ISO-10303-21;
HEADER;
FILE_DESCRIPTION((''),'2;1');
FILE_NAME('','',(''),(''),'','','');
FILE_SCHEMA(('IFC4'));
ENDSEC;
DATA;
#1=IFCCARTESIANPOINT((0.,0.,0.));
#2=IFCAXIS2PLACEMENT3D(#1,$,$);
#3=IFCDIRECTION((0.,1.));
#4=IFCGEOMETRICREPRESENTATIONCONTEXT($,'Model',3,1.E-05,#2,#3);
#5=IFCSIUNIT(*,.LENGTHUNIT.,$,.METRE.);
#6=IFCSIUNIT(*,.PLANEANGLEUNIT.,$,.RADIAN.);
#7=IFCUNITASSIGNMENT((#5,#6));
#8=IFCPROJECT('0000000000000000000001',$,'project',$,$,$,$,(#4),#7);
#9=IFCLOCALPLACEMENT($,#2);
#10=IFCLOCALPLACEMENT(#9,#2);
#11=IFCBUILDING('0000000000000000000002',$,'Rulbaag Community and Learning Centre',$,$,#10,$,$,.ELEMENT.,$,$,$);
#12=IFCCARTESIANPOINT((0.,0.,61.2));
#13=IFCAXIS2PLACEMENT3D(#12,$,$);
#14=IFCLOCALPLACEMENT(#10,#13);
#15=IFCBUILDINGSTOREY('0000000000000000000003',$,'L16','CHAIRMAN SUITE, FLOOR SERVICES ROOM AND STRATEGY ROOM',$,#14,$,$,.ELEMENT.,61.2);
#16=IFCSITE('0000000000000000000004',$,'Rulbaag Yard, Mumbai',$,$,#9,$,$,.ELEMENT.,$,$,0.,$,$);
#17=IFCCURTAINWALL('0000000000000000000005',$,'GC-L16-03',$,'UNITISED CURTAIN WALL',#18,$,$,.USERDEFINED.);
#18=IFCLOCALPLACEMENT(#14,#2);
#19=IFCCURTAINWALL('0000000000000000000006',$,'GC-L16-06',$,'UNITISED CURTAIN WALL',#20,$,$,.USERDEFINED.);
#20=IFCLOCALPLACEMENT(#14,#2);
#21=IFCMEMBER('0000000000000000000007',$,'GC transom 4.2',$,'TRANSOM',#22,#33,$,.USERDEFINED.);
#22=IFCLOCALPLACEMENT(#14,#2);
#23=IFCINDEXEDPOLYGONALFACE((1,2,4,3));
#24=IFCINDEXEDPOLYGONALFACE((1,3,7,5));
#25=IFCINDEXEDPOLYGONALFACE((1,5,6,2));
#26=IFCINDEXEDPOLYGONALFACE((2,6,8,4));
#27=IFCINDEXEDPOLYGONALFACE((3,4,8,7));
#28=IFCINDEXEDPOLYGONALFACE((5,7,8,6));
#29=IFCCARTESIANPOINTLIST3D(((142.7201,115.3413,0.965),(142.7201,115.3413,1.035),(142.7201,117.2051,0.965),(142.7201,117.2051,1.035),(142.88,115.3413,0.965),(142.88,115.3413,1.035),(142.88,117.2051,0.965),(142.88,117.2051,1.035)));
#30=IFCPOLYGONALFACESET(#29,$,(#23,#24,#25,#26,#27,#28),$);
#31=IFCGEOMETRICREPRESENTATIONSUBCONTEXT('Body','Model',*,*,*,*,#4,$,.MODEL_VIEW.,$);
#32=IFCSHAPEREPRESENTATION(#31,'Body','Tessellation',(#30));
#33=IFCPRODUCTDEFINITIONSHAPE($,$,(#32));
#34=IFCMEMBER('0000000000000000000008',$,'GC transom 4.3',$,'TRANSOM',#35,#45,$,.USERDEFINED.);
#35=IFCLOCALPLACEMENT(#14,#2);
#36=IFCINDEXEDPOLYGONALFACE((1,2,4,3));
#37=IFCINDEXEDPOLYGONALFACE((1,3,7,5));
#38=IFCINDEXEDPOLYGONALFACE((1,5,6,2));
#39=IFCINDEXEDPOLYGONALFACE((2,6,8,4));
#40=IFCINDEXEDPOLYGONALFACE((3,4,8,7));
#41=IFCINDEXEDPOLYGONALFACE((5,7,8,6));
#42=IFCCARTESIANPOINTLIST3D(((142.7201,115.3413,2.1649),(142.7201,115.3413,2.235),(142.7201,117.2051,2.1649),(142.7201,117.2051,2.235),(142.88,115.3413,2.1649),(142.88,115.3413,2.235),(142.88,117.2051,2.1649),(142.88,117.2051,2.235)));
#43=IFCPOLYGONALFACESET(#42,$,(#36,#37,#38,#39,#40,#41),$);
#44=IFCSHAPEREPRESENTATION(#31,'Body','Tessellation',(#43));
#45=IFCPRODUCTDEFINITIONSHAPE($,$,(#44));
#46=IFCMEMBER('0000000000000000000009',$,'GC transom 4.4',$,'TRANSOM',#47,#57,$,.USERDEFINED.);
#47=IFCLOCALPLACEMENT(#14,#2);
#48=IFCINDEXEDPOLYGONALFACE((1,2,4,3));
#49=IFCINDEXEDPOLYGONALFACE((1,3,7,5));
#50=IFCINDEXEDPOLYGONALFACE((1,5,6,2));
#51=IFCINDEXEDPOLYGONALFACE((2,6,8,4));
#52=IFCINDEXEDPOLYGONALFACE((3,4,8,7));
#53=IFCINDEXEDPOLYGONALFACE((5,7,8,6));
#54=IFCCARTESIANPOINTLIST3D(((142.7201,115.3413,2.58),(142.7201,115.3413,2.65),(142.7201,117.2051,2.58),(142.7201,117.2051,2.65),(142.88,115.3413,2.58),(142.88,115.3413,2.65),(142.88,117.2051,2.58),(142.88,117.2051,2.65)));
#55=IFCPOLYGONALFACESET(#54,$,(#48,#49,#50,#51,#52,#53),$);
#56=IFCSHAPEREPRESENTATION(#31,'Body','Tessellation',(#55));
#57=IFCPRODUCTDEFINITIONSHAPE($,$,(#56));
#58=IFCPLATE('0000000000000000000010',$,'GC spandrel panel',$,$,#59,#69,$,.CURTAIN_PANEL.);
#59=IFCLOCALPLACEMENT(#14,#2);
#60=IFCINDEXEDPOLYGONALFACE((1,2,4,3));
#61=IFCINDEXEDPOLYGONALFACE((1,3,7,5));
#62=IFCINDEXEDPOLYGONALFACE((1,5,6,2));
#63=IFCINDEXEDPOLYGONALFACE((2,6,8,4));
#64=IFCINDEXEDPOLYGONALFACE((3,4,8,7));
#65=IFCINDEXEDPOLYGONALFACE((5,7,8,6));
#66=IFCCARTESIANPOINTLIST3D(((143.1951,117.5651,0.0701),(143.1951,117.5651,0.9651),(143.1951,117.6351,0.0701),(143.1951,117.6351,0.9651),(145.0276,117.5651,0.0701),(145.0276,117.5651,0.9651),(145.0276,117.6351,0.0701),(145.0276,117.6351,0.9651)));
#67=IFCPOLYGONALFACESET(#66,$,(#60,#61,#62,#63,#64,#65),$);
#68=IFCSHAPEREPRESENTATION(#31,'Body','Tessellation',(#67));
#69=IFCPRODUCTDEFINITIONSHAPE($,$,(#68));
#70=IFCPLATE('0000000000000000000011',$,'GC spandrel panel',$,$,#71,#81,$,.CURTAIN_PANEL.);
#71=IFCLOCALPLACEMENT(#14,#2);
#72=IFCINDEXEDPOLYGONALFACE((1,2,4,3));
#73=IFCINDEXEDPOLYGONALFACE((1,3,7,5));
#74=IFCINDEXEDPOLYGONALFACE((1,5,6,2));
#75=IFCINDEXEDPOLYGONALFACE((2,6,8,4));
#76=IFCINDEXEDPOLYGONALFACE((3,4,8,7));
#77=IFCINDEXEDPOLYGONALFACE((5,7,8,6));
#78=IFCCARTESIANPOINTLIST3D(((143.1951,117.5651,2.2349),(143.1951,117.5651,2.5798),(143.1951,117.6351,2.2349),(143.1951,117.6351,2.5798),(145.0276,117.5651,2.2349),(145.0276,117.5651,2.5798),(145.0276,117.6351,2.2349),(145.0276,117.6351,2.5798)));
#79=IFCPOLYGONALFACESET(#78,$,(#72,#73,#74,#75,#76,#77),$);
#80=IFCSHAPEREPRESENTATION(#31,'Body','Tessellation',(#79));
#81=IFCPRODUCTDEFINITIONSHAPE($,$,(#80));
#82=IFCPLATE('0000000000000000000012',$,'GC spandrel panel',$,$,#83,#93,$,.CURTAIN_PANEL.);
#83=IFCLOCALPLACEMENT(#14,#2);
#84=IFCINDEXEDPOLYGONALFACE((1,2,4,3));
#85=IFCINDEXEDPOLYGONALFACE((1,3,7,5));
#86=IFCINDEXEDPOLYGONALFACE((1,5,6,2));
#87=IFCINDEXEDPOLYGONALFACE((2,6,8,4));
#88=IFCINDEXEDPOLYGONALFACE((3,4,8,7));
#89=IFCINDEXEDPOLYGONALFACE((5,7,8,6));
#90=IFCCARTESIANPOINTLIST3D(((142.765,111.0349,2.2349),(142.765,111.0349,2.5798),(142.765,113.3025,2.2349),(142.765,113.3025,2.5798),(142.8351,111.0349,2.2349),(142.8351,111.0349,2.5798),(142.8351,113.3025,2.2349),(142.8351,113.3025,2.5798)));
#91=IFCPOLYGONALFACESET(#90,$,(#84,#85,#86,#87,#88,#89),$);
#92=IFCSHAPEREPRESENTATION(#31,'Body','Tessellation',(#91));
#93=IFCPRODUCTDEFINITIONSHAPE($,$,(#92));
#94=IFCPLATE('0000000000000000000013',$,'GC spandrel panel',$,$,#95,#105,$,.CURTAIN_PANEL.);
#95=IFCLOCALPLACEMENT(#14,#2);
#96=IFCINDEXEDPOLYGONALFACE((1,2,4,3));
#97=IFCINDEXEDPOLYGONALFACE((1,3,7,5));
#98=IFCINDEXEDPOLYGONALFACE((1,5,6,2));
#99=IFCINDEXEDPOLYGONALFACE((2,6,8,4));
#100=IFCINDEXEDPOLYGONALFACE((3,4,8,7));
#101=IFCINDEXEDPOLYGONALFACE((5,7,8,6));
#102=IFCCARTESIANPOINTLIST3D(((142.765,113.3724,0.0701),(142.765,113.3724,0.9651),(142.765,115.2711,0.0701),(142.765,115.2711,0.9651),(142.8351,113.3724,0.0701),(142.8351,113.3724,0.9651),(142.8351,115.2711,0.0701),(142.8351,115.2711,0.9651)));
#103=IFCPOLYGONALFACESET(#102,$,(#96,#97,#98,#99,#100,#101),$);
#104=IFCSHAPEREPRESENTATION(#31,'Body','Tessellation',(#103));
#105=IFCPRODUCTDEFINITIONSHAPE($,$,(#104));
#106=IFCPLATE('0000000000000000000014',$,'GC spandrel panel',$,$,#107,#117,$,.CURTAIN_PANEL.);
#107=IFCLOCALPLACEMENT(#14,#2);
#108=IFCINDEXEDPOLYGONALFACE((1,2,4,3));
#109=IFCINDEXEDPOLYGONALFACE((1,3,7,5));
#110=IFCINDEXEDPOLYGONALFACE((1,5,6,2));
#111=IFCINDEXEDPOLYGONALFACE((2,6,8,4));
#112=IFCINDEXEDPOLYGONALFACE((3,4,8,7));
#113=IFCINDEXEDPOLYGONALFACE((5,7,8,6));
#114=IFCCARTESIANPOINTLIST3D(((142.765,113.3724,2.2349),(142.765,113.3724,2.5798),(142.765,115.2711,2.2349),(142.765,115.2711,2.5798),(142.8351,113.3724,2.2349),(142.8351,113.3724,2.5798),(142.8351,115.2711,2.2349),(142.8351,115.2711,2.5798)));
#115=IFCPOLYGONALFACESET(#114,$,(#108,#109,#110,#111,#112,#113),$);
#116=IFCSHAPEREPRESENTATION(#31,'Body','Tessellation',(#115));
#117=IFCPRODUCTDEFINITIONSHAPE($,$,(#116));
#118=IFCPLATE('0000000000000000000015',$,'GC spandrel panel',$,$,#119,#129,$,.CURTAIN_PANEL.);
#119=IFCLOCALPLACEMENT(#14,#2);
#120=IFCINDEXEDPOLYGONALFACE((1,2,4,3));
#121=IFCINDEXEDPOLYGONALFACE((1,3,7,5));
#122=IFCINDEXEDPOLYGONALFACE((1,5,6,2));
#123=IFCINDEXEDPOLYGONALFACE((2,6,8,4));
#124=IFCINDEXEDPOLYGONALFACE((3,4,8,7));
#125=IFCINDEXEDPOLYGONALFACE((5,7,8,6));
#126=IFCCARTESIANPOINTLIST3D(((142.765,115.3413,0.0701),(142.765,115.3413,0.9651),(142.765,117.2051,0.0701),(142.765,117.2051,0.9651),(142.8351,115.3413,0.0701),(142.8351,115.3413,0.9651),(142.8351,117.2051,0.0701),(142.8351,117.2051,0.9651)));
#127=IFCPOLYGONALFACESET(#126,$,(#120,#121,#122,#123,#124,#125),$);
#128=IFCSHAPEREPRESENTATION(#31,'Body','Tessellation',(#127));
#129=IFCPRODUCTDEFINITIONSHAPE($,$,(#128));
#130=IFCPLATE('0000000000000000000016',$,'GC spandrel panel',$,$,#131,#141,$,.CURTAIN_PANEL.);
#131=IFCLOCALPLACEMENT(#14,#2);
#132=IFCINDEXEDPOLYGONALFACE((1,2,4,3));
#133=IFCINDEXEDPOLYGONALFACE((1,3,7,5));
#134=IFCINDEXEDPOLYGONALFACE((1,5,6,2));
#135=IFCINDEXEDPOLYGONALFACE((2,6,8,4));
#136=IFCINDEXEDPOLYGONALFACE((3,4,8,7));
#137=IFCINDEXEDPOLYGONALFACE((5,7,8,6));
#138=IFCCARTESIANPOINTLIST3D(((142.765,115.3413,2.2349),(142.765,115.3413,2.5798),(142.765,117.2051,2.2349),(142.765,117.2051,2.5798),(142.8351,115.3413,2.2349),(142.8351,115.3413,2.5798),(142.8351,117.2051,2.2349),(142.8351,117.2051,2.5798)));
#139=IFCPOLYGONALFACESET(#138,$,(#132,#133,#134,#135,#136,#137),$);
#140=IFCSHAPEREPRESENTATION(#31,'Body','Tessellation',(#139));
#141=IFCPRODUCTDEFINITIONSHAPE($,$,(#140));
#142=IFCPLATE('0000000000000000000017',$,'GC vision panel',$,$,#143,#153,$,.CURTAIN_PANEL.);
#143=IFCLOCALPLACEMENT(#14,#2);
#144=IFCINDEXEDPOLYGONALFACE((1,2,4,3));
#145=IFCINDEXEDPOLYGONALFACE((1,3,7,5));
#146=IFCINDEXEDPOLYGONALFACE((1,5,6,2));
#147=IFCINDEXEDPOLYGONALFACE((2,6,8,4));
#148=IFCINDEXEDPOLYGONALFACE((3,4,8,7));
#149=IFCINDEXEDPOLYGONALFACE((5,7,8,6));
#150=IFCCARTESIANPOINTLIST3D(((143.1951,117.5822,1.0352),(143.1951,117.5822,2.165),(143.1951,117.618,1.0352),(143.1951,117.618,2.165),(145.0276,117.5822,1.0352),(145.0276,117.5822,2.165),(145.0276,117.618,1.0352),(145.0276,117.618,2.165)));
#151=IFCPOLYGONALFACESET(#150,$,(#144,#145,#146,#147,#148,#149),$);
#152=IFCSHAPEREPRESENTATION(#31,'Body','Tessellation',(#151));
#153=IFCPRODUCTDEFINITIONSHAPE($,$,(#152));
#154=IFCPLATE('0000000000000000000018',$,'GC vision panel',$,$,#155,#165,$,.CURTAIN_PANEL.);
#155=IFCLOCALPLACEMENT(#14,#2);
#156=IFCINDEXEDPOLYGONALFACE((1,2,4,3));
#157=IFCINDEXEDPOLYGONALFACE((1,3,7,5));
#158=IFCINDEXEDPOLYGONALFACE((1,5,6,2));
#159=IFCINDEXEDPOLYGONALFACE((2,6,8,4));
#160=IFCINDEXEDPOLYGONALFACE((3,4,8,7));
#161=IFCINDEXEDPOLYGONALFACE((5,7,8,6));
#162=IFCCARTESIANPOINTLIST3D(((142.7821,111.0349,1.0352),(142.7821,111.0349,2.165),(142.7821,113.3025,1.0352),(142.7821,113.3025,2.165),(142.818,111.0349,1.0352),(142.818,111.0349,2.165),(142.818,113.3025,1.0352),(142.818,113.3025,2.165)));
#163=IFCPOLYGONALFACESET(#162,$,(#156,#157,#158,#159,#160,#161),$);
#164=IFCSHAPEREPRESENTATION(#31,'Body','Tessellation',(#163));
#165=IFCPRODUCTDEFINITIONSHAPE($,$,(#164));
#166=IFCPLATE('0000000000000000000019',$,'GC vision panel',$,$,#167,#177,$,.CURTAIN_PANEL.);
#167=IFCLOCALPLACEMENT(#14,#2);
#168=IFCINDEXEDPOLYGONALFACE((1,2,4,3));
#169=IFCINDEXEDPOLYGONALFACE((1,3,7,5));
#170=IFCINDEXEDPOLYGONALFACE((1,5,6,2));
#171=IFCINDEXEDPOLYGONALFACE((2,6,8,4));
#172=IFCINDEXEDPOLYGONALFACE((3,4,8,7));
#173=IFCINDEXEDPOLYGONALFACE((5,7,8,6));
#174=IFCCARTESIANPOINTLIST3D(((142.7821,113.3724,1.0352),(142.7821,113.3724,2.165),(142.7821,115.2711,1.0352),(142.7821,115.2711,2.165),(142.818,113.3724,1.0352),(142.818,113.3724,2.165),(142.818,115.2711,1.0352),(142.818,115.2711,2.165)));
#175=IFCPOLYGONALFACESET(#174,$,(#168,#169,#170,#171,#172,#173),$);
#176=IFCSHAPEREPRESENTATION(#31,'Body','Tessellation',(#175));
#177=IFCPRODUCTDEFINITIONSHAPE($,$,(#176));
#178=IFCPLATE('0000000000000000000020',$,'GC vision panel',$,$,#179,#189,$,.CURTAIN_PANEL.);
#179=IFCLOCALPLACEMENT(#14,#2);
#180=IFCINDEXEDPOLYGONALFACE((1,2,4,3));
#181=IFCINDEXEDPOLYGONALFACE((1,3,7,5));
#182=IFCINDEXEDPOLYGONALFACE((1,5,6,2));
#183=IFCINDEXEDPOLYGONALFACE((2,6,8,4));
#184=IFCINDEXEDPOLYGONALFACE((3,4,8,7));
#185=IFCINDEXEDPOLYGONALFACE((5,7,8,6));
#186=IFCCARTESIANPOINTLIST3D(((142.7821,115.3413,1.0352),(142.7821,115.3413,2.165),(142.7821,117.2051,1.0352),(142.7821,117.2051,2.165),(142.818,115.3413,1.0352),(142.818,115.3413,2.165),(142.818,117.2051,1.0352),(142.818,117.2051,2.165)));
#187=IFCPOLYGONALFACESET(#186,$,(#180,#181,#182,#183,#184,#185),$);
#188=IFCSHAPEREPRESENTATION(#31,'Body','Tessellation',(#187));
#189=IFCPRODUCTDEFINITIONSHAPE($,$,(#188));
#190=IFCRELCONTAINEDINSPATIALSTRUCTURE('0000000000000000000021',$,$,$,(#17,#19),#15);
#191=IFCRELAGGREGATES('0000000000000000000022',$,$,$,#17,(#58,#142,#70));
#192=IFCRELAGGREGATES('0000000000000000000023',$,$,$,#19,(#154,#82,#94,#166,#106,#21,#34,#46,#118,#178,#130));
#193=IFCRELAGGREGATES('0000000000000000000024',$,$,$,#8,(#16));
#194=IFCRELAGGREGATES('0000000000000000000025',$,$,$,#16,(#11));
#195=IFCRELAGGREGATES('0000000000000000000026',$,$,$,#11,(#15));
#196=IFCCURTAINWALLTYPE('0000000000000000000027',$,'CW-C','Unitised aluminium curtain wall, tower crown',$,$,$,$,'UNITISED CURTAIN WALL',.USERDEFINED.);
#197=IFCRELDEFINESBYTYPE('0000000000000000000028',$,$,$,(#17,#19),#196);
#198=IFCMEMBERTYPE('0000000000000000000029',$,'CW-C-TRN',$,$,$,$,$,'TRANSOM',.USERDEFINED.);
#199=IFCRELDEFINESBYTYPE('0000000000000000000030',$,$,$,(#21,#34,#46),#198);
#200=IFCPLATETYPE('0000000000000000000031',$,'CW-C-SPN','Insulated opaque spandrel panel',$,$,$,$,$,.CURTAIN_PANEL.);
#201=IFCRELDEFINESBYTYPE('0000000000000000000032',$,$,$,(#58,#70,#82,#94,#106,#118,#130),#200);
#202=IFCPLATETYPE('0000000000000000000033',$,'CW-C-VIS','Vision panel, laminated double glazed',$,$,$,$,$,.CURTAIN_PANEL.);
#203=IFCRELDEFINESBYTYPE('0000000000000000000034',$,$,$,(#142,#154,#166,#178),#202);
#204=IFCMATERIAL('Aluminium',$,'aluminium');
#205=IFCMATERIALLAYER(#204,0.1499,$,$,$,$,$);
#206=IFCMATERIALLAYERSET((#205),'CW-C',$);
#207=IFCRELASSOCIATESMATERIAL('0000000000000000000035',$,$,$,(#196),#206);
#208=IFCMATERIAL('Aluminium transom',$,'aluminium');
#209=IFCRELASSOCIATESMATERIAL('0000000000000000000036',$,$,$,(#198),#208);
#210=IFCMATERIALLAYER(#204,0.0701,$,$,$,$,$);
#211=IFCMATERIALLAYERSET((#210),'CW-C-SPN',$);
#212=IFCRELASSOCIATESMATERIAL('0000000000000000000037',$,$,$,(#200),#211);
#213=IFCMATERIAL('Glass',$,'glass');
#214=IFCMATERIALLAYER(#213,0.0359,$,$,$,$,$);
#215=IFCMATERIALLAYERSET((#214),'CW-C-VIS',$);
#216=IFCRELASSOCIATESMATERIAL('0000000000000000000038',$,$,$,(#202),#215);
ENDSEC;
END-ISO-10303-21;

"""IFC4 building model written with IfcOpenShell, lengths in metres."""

from ifc_helpers import new_model, si_unit, direction, frame, origin, origin_2d, place, context, subcontext, project, spatial, rectangle, extrude, material, layer, layer_set, material_profile, profile_set, type_object, element, aggregate, save


model = new_model("IFC4")

# Units and contexts
model_context = context("Model", 3, precision=1e-05, world=origin(), true_north=direction((0.0, 1.0)))
body_context = subcontext(model_context, "Body", "Model", "MODEL_VIEW")
ifc_project = project(units=[si_unit("LENGTHUNIT", "METRE"), si_unit("PLANEANGLEUNIT", "RADIAN")], contexts=[model_context])

# Site, building, storey
site_placement = place(None, origin())
site = spatial("IfcSite", under=ifc_project, at=site_placement, Name="Rulbaag Yard, Mumbai", CompositionType="ELEMENT", RefElevation=0.0)
building_placement = place(site_placement, origin())
building = spatial("IfcBuilding", under=site, at=building_placement, Name="Rulbaag Community and Learning Centre", CompositionType="ELEMENT")
storey_placement = place(building_placement, frame((0.0, 0.0, 61.2)))
storey = spatial("IfcBuildingStorey", under=building, at=storey_placement, Name="L16", Description="CHAIRMAN SUITE, FLOOR SERVICES ROOM AND STRATEGY ROOM", CompositionType="ELEMENT", Elevation=61.2)

# Curtain walls, members
ifc_material_1 = material(Name="Aluminium", Category="aluminium")
ifc_layer_1 = layer(ifc_material_1, 0.1499)
ifc_layer_set_1 = layer_set([ifc_layer_1], Name="CW-C")
curtain_wall_type = type_object("IfcCurtainWallType", Name="CW-C", Description="Unitised aluminium curtain wall, tower crown", ElementType="UNITISED CURTAIN WALL", PredefinedType="USERDEFINED", material=ifc_layer_set_1)
curtain_wall_1_placement = place(storey_placement, origin())
curtain_wall_1 = element("IfcCurtainWall", 1, at=curtain_wall_1_placement, inside=storey, type_object=curtain_wall_type, Name="GC-L16-03", ObjectType="UNITISED CURTAIN WALL", PredefinedType="USERDEFINED")
ifc_material_2 = material(Name="Aluminium transom", Category="aluminium")
ifc_material_profile_1 = material_profile(ifc_material_2, rectangle(XDim=0.1599, YDim=0.0701, at=origin_2d()), Name="AL 70x160 T")
ifc_profile_set_1 = profile_set([ifc_material_profile_1], Name="Aluminium transom")
member_type_1 = type_object("IfcMemberType", Name="CW-C-TRN", ElementType="TRANSOM", PredefinedType="USERDEFINED", material=ifc_profile_set_1)
curtain_wall_2_placement = place(storey_placement, origin())
curtain_wall_2 = element("IfcCurtainWall", 2, at=curtain_wall_2_placement, inside=storey, type_object=curtain_wall_type, Name="GC-L16-06", ObjectType="UNITISED CURTAIN WALL", PredefinedType="USERDEFINED")
member_1_placement = place(storey_placement, frame((142.8, 115.3413, 1.0), z_axis=(0.0, 1.0, 0.0), x_axis=(-1.0, 0.0, 0.0)))
member_1 = element("IfcMember", 3, at=member_1_placement, type_object=member_type_1, Name="GC transom 4.2", ObjectType="TRANSOM", PredefinedType="USERDEFINED", context=body_context, shape_type="SweptSolid", body=[
    extrude(rectangle(XDim=0.1599, YDim=0.0701, at=origin_2d()), origin(), (0.0, 0.0, 1.0), 1.8638),
])
member_2_placement = place(storey_placement, frame((142.8, 115.3413, 2.2), z_axis=(0.0, 1.0, 0.0), x_axis=(-1.0, 0.0, 0.0)))
member_2 = element("IfcMember", 4, at=member_2_placement, type_object=member_type_1, Name="GC transom 4.3", ObjectType="TRANSOM", PredefinedType="USERDEFINED", context=body_context, shape_type="SweptSolid", body=[
    extrude(rectangle(XDim=0.1599, YDim=0.0701, at=origin_2d()), origin(), (0.0, 0.0, 1.0), 1.8638),
])
member_3_placement = place(storey_placement, frame((142.8, 115.3413, 2.615), z_axis=(0.0, 1.0, 0.0), x_axis=(-1.0, 0.0, 0.0)))
member_3 = element("IfcMember", 5, at=member_3_placement, type_object=member_type_1, Name="GC transom 4.4", ObjectType="TRANSOM", PredefinedType="USERDEFINED", context=body_context, shape_type="SweptSolid", body=[
    extrude(rectangle(XDim=0.1599, YDim=0.0701, at=origin_2d()), origin(), (0.0, 0.0, 1.0), 1.8638),
])

# Plates
ifc_layer_2 = layer(ifc_material_1, 0.0701)
ifc_layer_set_2 = layer_set([ifc_layer_2], Name="CW-C-SPN")
plate_type_1 = type_object("IfcPlateType", Name="CW-C-SPN", Description="Insulated opaque spandrel panel", PredefinedType="CURTAIN_PANEL", material=ifc_layer_set_2)
plate_1_placement = place(storey_placement, frame((144.1113, 117.6001, 0.0701), z_axis=(0.0, 0.0, 1.0), x_axis=(1.0, 0.0, 0.0)))
plate_1 = element("IfcPlate", 6, at=plate_1_placement, type_object=plate_type_1, Name="GC spandrel panel", PredefinedType="CURTAIN_PANEL", context=body_context, shape_type="SweptSolid", body=[
    extrude(rectangle(XDim=1.8325, YDim=0.0701, at=origin_2d()), origin(), (0.0, 0.0, 1.0), 0.895),
])
plate_2_placement = place(storey_placement, frame((144.1113, 117.6001, 2.2349), z_axis=(0.0, 0.0, 1.0), x_axis=(1.0, 0.0, 0.0)))
plate_2 = element("IfcPlate", 7, at=plate_2_placement, type_object=plate_type_1, Name="GC spandrel panel", PredefinedType="CURTAIN_PANEL", context=body_context, shape_type="SweptSolid", body=[
    extrude(rectangle(XDim=1.8325, YDim=0.0701, at=origin_2d()), origin(), (0.0, 0.0, 1.0), 0.345),
])
plate_3_placement = place(storey_placement, frame((142.8, 112.1687, 2.2349), z_axis=(0.0, 0.0, 1.0), x_axis=(0.0, 1.0, 0.0)))
plate_3 = element("IfcPlate", 8, at=plate_3_placement, type_object=plate_type_1, Name="GC spandrel panel", PredefinedType="CURTAIN_PANEL", context=body_context, shape_type="SweptSolid", body=[
    extrude(rectangle(XDim=2.2676, YDim=0.0701, at=origin_2d()), origin(), (0.0, 0.0, 1.0), 0.345),
])
plate_4_placement = place(storey_placement, frame((142.8, 114.3218, 0.0701), z_axis=(0.0, 0.0, 1.0), x_axis=(0.0, 1.0, 0.0)))
plate_4 = element("IfcPlate", 9, at=plate_4_placement, type_object=plate_type_1, Name="GC spandrel panel", PredefinedType="CURTAIN_PANEL", context=body_context, shape_type="SweptSolid", body=[
    extrude(rectangle(XDim=1.8987, YDim=0.0701, at=origin_2d()), origin(), (0.0, 0.0, 1.0), 0.895),
])
plate_5_placement = place(storey_placement, frame((142.8, 114.3218, 2.2349), z_axis=(0.0, 0.0, 1.0), x_axis=(0.0, 1.0, 0.0)))
plate_5 = element("IfcPlate", 10, at=plate_5_placement, type_object=plate_type_1, Name="GC spandrel panel", PredefinedType="CURTAIN_PANEL", context=body_context, shape_type="SweptSolid", body=[
    extrude(rectangle(XDim=1.8987, YDim=0.0701, at=origin_2d()), origin(), (0.0, 0.0, 1.0), 0.345),
])
plate_6_placement = place(storey_placement, frame((142.8, 116.2732, 0.0701), z_axis=(0.0, 0.0, 1.0), x_axis=(0.0, 1.0, 0.0)))
plate_6 = element("IfcPlate", 11, at=plate_6_placement, type_object=plate_type_1, Name="GC spandrel panel", PredefinedType="CURTAIN_PANEL", context=body_context, shape_type="SweptSolid", body=[
    extrude(rectangle(XDim=1.8638, YDim=0.0701, at=origin_2d()), origin(), (0.0, 0.0, 1.0), 0.895),
])
plate_7_placement = place(storey_placement, frame((142.8, 116.2732, 2.2349), z_axis=(0.0, 0.0, 1.0), x_axis=(0.0, 1.0, 0.0)))
plate_7 = element("IfcPlate", 12, at=plate_7_placement, type_object=plate_type_1, Name="GC spandrel panel", PredefinedType="CURTAIN_PANEL", context=body_context, shape_type="SweptSolid", body=[
    extrude(rectangle(XDim=1.8638, YDim=0.0701, at=origin_2d()), origin(), (0.0, 0.0, 1.0), 0.345),
])
ifc_material_3 = material(Name="Glass", Category="glass")
ifc_layer_3 = layer(ifc_material_3, 0.0359)
ifc_layer_set_3 = layer_set([ifc_layer_3], Name="CW-C-VIS")
plate_type_2 = type_object("IfcPlateType", Name="CW-C-VIS", Description="Vision panel, laminated double glazed", PredefinedType="CURTAIN_PANEL", material=ifc_layer_set_3)
plate_8_placement = place(storey_placement, frame((144.1113, 117.6001, 1.0352), z_axis=(0.0, 0.0, 1.0), x_axis=(1.0, 0.0, 0.0)))
plate_8 = element("IfcPlate", 13, at=plate_8_placement, type_object=plate_type_2, Name="GC vision panel", PredefinedType="CURTAIN_PANEL", context=body_context, shape_type="SweptSolid", body=[
    extrude(rectangle(XDim=1.8325, YDim=0.0359, at=origin_2d()), origin(), (0.0, 0.0, 1.0), 1.1299),
])
aggregate(curtain_wall_1, [plate_1, plate_8, plate_2])
plate_9_placement = place(storey_placement, frame((142.8, 112.1687, 1.0352), z_axis=(0.0, 0.0, 1.0), x_axis=(0.0, 1.0, 0.0)))
plate_9 = element("IfcPlate", 14, at=plate_9_placement, type_object=plate_type_2, Name="GC vision panel", PredefinedType="CURTAIN_PANEL", context=body_context, shape_type="SweptSolid", body=[
    extrude(rectangle(XDim=2.2676, YDim=0.0359, at=origin_2d()), origin(), (0.0, 0.0, 1.0), 1.1299),
])
plate_10_placement = place(storey_placement, frame((142.8, 114.3218, 1.0352), z_axis=(0.0, 0.0, 1.0), x_axis=(0.0, 1.0, 0.0)))
plate_10 = element("IfcPlate", 15, at=plate_10_placement, type_object=plate_type_2, Name="GC vision panel", PredefinedType="CURTAIN_PANEL", context=body_context, shape_type="SweptSolid", body=[
    extrude(rectangle(XDim=1.8987, YDim=0.0359, at=origin_2d()), origin(), (0.0, 0.0, 1.0), 1.1299),
])
plate_11_placement = place(storey_placement, frame((142.8, 116.2732, 1.0352), z_axis=(0.0, 0.0, 1.0), x_axis=(0.0, 1.0, 0.0)))
plate_11 = element("IfcPlate", 16, at=plate_11_placement, type_object=plate_type_2, Name="GC vision panel", PredefinedType="CURTAIN_PANEL", context=body_context, shape_type="SweptSolid", body=[
    extrude(rectangle(XDim=1.8638, YDim=0.0359, at=origin_2d()), origin(), (0.0, 0.0, 1.0), 1.1299),
])
aggregate(curtain_wall_2, [plate_9, plate_3, plate_4, plate_10, plate_5, member_1, member_2, member_3, plate_6, plate_11, plate_7])

save(model, "model.ifc")
